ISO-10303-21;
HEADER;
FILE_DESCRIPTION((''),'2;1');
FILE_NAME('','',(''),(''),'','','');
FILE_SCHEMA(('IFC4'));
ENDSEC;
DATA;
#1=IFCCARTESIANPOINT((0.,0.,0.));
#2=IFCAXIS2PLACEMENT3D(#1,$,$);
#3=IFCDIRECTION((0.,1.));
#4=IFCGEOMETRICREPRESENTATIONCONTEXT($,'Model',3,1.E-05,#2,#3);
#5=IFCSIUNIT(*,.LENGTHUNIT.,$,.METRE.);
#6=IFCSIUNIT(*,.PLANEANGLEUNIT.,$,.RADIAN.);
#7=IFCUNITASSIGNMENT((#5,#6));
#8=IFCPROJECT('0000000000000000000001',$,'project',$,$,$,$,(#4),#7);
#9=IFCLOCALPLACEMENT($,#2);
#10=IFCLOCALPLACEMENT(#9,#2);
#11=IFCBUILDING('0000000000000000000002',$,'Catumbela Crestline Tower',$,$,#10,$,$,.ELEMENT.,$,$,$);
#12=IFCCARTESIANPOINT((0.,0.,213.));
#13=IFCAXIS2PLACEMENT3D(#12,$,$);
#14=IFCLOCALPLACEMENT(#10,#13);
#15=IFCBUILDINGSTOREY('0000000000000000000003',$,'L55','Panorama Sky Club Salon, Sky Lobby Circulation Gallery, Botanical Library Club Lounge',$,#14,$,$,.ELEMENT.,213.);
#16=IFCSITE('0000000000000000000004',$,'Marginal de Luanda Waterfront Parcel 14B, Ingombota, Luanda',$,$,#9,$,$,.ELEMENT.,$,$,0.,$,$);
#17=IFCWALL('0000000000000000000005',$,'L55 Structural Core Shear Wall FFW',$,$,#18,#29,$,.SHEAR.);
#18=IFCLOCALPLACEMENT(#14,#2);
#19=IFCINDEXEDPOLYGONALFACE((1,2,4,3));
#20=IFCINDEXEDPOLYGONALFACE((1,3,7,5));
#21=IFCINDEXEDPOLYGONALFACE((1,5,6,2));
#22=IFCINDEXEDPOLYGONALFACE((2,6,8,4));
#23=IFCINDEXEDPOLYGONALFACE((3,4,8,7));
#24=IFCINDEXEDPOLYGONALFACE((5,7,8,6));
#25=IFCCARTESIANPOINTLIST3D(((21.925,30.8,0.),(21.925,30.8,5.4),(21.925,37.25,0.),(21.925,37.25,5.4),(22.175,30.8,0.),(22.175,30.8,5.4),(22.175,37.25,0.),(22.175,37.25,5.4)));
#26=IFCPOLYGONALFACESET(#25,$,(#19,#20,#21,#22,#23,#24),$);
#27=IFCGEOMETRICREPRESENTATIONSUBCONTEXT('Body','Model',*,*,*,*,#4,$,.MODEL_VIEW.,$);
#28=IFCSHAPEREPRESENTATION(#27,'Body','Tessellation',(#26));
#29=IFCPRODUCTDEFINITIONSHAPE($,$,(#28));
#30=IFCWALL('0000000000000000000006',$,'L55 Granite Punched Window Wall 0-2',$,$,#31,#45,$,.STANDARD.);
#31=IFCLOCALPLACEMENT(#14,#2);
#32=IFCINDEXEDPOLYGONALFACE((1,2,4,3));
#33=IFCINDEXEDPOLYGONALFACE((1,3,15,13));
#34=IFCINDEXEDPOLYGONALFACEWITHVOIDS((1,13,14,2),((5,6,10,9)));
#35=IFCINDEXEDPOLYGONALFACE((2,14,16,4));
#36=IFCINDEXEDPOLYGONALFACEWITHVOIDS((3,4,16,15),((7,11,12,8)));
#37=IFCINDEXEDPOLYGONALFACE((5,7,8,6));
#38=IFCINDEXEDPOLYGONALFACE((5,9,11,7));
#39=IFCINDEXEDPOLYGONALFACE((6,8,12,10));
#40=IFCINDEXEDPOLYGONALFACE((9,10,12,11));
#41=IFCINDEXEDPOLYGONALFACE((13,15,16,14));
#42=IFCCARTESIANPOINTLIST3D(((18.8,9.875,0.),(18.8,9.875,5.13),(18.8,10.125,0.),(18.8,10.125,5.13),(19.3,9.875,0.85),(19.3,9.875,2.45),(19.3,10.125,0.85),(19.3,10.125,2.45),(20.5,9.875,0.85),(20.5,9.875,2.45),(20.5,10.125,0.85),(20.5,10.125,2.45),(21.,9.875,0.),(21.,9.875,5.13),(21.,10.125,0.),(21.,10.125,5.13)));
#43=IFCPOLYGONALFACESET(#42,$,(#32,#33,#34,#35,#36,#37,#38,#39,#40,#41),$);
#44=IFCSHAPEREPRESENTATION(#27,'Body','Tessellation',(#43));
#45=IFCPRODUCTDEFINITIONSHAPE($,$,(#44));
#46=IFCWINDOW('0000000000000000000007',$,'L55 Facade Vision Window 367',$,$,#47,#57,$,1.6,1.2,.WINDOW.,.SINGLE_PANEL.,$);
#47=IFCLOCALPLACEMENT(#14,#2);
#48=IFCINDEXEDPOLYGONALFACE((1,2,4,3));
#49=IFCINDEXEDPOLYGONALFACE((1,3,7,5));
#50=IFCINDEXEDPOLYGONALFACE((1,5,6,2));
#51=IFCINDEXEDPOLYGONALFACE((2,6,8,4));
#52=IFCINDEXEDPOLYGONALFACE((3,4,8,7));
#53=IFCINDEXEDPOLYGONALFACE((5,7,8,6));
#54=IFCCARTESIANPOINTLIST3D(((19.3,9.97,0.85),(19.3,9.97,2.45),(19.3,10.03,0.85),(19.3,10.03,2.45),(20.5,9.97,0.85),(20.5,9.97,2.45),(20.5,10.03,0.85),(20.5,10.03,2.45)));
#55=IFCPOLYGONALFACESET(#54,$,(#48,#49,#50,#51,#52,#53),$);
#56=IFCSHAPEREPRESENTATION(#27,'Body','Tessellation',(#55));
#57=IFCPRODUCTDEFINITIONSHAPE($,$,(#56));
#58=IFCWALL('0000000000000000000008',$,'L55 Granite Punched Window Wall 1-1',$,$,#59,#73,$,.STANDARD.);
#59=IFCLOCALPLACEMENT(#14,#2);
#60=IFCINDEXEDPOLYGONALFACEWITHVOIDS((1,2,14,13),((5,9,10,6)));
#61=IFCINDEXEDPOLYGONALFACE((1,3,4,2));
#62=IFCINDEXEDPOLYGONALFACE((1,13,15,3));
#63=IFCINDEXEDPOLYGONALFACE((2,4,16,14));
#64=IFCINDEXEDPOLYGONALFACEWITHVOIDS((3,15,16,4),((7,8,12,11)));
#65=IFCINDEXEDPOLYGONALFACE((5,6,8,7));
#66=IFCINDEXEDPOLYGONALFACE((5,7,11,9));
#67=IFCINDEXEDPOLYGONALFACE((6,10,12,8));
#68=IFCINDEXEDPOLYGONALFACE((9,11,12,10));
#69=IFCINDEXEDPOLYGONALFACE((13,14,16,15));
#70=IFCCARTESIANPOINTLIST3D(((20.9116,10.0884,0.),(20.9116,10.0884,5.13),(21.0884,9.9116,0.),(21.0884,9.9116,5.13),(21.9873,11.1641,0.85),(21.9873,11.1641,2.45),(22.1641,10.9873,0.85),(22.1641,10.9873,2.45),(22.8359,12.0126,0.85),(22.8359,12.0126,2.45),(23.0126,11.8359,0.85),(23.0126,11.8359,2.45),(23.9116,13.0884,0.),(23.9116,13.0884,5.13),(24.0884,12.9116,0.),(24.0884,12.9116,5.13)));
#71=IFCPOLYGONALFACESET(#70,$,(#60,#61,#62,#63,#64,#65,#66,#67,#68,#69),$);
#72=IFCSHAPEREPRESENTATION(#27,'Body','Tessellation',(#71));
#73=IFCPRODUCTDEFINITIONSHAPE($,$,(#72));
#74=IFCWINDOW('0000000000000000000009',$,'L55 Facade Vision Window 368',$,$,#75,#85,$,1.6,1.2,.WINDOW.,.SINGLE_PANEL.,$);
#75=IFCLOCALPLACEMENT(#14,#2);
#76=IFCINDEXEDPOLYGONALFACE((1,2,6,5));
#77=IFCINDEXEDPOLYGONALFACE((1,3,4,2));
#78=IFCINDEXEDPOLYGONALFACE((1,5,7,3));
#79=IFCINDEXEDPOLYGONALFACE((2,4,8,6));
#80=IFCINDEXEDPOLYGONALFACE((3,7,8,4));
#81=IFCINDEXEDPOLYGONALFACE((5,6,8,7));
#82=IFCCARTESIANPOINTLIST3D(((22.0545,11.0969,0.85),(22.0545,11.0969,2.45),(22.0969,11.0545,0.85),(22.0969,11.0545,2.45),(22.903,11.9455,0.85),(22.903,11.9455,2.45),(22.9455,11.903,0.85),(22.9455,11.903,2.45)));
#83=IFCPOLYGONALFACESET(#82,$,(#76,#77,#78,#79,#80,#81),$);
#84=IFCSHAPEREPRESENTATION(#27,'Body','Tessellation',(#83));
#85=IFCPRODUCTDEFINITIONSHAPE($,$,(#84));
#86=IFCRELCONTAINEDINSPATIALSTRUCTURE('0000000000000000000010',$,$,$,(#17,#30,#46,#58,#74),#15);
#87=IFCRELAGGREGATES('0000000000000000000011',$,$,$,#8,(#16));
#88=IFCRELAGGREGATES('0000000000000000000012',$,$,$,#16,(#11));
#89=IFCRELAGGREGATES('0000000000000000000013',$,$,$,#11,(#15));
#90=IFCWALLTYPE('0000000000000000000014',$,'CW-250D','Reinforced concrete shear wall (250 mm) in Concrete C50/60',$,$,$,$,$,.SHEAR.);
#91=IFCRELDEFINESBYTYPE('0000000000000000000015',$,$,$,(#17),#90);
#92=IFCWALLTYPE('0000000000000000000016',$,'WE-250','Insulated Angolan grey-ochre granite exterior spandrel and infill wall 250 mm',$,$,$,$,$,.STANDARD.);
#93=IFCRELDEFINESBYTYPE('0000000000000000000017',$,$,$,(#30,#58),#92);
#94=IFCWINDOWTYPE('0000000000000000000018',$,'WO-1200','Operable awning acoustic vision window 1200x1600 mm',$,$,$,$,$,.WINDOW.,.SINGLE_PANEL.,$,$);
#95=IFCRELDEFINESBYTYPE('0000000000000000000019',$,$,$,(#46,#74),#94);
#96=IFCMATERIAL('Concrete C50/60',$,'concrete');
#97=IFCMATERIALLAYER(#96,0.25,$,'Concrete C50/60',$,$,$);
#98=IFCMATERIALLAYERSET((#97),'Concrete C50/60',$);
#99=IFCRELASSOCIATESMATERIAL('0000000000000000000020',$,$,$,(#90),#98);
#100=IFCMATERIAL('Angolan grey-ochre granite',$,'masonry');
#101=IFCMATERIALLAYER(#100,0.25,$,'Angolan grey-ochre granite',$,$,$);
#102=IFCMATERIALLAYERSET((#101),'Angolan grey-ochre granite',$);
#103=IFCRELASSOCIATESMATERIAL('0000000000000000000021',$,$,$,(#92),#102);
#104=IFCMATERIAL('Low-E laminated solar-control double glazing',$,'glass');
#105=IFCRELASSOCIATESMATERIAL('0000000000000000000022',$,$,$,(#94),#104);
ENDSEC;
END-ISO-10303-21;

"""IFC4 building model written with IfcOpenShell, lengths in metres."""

from ifc_helpers import new_model, si_unit, direction, frame, frame_2d, origin, place, context, subcontext, project, spatial, rectangle, extrude, material, layer, layer_set, type_object, element, fill, save


model = new_model("IFC4")

# Units and contexts
model_context = context("Model", 3, precision=1e-05, world=origin(), true_north=direction((0.0, 1.0)))
body_context = subcontext(model_context, "Body", "Model", "MODEL_VIEW")
ifc_project = project(units=[si_unit("LENGTHUNIT", "METRE"), si_unit("PLANEANGLEUNIT", "RADIAN")], contexts=[model_context])

# Site, building, storey
site_placement = place(None, origin())
site = spatial("IfcSite", under=ifc_project, at=site_placement, Name="Marginal de Luanda Waterfront Parcel 14B, Ingombota, Luanda", CompositionType="ELEMENT", RefElevation=0.0)
building_placement = place(site_placement, origin())
building = spatial("IfcBuilding", under=site, at=building_placement, Name="Catumbela Crestline Tower", CompositionType="ELEMENT")
storey_placement = place(building_placement, frame((0.0, 0.0, 213.0)))
storey = spatial("IfcBuildingStorey", under=building, at=storey_placement, Name="L55", Description="Panorama Sky Club Salon, Sky Lobby Circulation Gallery, Botanical Library Club Lounge", CompositionType="ELEMENT", Elevation=213.0)

# Shared definitions
ifc_material_1 = material(Name="Concrete C50/60", Category="concrete")

# Shared definitions
ifc_material_2 = material(Name="Low-E laminated solar-control double glazing", Category="glass")

# Wall
ifc_layer_1 = layer(ifc_material_1, 0.25, Name="Concrete C50/60")
ifc_layer_set_1 = layer_set([ifc_layer_1], Name="Concrete C50/60")
wall_type_1 = type_object("IfcWallType", Name="CW-250D", Description="Reinforced concrete shear wall (250 mm) in Concrete C50/60", PredefinedType="SHEAR", material=ifc_layer_set_1)
wall_1_placement = place(storey_placement, frame((22.05, 30.8, 0.0), z_axis=(0.0, 0.0, 1.0), x_axis=(0.0, 1.0, 0.0)))
element("IfcWall", 1, at=wall_1_placement, inside=storey, type_object=wall_type_1, Name="L55 Structural Core Shear Wall FFW", PredefinedType="SHEAR", context=body_context, shape_type="SweptSolid", body=[
    extrude(rectangle(XDim=6.45, YDim=0.25, at=frame_2d((3.225, 0.0))), origin(), (0.0, 0.0, 1.0), 5.4),
])

# Walls, openings, windows
ifc_material_3 = material(Name="Angolan grey-ochre granite", Category="masonry")
ifc_layer_2 = layer(ifc_material_3, 0.25, Name="Angolan grey-ochre granite")
ifc_layer_set_2 = layer_set([ifc_layer_2], Name="Angolan grey-ochre granite")
wall_type_2 = type_object("IfcWallType", Name="WE-250", Description="Insulated Angolan grey-ochre granite exterior spandrel and infill wall 250 mm", PredefinedType="STANDARD", material=ifc_layer_set_2)
wall_2_placement = place(storey_placement, frame((18.8, 10.0, 0.0), z_axis=(0.0, 0.0, 1.0), x_axis=(1.0, 0.0, 0.0)))
wall_2 = element("IfcWall", 2, at=wall_2_placement, inside=storey, type_object=wall_type_2, Name="L55 Granite Punched Window Wall 0-2", PredefinedType="STANDARD", context=body_context, shape_type="SweptSolid", body=[
    extrude(rectangle(XDim=2.2, YDim=0.25, at=frame_2d((1.1, 0.0))), origin(), (0.0, 0.0, 1.0), 5.13),
])
opening_1_placement = place(wall_2_placement, frame((0.5, 0.0, 0.85)))
opening_1 = element("IfcOpeningElement", 3, at=opening_1_placement, cuts=wall_2, PredefinedType="OPENING", context=body_context, shape_type="SweptSolid", body=[
    extrude(rectangle(XDim=1.2, YDim=1.6, at=frame_2d((0.6, 0.8))), frame((0.0, 0.135, 0.0), z_axis=(0.0, -1.0, 0.0), x_axis=(1.0, 0.0, 0.0)), (0.0, 0.0, 1.0), 0.27),
])
window_type = type_object("IfcWindowType", Name="WO-1200", Description="Operable awning acoustic vision window 1200x1600 mm", PartitioningType="SINGLE_PANEL", PredefinedType="WINDOW", material=ifc_material_2)
window_1_placement = place(opening_1_placement, origin())
window_1 = element("IfcWindow", 4, at=window_1_placement, inside=storey, type_object=window_type, Name="L55 Facade Vision Window 367", OverallHeight=1.6, OverallWidth=1.2, PartitioningType="SINGLE_PANEL", PredefinedType="WINDOW", context=body_context, shape_type="SweptSolid", body=[
    extrude(rectangle(XDim=1.2, YDim=1.6, at=frame_2d((0.6, 0.8))), frame((0.0, 0.03, 0.0), z_axis=(0.0, -1.0, 0.0), x_axis=(1.0, 0.0, 0.0)), (0.0, 0.0, 1.0), 0.06),
])
fill(opening_1, window_1)
wall_3_placement = place(storey_placement, frame((21.0, 10.0, 0.0), z_axis=(0.0, 0.0, 1.0), x_axis=(0.707107, 0.707107, 0.0)))
wall_3 = element("IfcWall", 5, at=wall_3_placement, inside=storey, type_object=wall_type_2, Name="L55 Granite Punched Window Wall 1-1", PredefinedType="STANDARD", context=body_context, shape_type="SweptSolid", body=[
    extrude(rectangle(XDim=4.2426, YDim=0.25, at=frame_2d((2.1213, 0.0))), origin(), (0.0, 0.0, 1.0), 5.13),
])
opening_2_placement = place(wall_3_placement, frame((1.5213, 0.0, 0.85)))
opening_2 = element("IfcOpeningElement", 6, at=opening_2_placement, cuts=wall_3, PredefinedType="OPENING", context=body_context, shape_type="SweptSolid", body=[
    extrude(rectangle(XDim=1.2, YDim=1.6, at=frame_2d((0.6, 0.8))), frame((0.0, 0.135, 0.0), z_axis=(0.0, -1.0, 0.0), x_axis=(1.0, 0.0, 0.0)), (0.0, 0.0, 1.0), 0.27),
])
window_2_placement = place(opening_2_placement, origin())
window_2 = element("IfcWindow", 7, at=window_2_placement, inside=storey, type_object=window_type, Name="L55 Facade Vision Window 368", OverallHeight=1.6, OverallWidth=1.2, PartitioningType="SINGLE_PANEL", PredefinedType="WINDOW", context=body_context, shape_type="SweptSolid", body=[
    extrude(rectangle(XDim=1.2, YDim=1.6, at=frame_2d((0.6, 0.8))), frame((0.0, 0.03, 0.0), z_axis=(0.0, -1.0, 0.0), x_axis=(1.0, 0.0, 0.0)), (0.0, 0.0, 1.0), 0.06),
])
fill(opening_2, window_2)

save(model, "model.ifc")
